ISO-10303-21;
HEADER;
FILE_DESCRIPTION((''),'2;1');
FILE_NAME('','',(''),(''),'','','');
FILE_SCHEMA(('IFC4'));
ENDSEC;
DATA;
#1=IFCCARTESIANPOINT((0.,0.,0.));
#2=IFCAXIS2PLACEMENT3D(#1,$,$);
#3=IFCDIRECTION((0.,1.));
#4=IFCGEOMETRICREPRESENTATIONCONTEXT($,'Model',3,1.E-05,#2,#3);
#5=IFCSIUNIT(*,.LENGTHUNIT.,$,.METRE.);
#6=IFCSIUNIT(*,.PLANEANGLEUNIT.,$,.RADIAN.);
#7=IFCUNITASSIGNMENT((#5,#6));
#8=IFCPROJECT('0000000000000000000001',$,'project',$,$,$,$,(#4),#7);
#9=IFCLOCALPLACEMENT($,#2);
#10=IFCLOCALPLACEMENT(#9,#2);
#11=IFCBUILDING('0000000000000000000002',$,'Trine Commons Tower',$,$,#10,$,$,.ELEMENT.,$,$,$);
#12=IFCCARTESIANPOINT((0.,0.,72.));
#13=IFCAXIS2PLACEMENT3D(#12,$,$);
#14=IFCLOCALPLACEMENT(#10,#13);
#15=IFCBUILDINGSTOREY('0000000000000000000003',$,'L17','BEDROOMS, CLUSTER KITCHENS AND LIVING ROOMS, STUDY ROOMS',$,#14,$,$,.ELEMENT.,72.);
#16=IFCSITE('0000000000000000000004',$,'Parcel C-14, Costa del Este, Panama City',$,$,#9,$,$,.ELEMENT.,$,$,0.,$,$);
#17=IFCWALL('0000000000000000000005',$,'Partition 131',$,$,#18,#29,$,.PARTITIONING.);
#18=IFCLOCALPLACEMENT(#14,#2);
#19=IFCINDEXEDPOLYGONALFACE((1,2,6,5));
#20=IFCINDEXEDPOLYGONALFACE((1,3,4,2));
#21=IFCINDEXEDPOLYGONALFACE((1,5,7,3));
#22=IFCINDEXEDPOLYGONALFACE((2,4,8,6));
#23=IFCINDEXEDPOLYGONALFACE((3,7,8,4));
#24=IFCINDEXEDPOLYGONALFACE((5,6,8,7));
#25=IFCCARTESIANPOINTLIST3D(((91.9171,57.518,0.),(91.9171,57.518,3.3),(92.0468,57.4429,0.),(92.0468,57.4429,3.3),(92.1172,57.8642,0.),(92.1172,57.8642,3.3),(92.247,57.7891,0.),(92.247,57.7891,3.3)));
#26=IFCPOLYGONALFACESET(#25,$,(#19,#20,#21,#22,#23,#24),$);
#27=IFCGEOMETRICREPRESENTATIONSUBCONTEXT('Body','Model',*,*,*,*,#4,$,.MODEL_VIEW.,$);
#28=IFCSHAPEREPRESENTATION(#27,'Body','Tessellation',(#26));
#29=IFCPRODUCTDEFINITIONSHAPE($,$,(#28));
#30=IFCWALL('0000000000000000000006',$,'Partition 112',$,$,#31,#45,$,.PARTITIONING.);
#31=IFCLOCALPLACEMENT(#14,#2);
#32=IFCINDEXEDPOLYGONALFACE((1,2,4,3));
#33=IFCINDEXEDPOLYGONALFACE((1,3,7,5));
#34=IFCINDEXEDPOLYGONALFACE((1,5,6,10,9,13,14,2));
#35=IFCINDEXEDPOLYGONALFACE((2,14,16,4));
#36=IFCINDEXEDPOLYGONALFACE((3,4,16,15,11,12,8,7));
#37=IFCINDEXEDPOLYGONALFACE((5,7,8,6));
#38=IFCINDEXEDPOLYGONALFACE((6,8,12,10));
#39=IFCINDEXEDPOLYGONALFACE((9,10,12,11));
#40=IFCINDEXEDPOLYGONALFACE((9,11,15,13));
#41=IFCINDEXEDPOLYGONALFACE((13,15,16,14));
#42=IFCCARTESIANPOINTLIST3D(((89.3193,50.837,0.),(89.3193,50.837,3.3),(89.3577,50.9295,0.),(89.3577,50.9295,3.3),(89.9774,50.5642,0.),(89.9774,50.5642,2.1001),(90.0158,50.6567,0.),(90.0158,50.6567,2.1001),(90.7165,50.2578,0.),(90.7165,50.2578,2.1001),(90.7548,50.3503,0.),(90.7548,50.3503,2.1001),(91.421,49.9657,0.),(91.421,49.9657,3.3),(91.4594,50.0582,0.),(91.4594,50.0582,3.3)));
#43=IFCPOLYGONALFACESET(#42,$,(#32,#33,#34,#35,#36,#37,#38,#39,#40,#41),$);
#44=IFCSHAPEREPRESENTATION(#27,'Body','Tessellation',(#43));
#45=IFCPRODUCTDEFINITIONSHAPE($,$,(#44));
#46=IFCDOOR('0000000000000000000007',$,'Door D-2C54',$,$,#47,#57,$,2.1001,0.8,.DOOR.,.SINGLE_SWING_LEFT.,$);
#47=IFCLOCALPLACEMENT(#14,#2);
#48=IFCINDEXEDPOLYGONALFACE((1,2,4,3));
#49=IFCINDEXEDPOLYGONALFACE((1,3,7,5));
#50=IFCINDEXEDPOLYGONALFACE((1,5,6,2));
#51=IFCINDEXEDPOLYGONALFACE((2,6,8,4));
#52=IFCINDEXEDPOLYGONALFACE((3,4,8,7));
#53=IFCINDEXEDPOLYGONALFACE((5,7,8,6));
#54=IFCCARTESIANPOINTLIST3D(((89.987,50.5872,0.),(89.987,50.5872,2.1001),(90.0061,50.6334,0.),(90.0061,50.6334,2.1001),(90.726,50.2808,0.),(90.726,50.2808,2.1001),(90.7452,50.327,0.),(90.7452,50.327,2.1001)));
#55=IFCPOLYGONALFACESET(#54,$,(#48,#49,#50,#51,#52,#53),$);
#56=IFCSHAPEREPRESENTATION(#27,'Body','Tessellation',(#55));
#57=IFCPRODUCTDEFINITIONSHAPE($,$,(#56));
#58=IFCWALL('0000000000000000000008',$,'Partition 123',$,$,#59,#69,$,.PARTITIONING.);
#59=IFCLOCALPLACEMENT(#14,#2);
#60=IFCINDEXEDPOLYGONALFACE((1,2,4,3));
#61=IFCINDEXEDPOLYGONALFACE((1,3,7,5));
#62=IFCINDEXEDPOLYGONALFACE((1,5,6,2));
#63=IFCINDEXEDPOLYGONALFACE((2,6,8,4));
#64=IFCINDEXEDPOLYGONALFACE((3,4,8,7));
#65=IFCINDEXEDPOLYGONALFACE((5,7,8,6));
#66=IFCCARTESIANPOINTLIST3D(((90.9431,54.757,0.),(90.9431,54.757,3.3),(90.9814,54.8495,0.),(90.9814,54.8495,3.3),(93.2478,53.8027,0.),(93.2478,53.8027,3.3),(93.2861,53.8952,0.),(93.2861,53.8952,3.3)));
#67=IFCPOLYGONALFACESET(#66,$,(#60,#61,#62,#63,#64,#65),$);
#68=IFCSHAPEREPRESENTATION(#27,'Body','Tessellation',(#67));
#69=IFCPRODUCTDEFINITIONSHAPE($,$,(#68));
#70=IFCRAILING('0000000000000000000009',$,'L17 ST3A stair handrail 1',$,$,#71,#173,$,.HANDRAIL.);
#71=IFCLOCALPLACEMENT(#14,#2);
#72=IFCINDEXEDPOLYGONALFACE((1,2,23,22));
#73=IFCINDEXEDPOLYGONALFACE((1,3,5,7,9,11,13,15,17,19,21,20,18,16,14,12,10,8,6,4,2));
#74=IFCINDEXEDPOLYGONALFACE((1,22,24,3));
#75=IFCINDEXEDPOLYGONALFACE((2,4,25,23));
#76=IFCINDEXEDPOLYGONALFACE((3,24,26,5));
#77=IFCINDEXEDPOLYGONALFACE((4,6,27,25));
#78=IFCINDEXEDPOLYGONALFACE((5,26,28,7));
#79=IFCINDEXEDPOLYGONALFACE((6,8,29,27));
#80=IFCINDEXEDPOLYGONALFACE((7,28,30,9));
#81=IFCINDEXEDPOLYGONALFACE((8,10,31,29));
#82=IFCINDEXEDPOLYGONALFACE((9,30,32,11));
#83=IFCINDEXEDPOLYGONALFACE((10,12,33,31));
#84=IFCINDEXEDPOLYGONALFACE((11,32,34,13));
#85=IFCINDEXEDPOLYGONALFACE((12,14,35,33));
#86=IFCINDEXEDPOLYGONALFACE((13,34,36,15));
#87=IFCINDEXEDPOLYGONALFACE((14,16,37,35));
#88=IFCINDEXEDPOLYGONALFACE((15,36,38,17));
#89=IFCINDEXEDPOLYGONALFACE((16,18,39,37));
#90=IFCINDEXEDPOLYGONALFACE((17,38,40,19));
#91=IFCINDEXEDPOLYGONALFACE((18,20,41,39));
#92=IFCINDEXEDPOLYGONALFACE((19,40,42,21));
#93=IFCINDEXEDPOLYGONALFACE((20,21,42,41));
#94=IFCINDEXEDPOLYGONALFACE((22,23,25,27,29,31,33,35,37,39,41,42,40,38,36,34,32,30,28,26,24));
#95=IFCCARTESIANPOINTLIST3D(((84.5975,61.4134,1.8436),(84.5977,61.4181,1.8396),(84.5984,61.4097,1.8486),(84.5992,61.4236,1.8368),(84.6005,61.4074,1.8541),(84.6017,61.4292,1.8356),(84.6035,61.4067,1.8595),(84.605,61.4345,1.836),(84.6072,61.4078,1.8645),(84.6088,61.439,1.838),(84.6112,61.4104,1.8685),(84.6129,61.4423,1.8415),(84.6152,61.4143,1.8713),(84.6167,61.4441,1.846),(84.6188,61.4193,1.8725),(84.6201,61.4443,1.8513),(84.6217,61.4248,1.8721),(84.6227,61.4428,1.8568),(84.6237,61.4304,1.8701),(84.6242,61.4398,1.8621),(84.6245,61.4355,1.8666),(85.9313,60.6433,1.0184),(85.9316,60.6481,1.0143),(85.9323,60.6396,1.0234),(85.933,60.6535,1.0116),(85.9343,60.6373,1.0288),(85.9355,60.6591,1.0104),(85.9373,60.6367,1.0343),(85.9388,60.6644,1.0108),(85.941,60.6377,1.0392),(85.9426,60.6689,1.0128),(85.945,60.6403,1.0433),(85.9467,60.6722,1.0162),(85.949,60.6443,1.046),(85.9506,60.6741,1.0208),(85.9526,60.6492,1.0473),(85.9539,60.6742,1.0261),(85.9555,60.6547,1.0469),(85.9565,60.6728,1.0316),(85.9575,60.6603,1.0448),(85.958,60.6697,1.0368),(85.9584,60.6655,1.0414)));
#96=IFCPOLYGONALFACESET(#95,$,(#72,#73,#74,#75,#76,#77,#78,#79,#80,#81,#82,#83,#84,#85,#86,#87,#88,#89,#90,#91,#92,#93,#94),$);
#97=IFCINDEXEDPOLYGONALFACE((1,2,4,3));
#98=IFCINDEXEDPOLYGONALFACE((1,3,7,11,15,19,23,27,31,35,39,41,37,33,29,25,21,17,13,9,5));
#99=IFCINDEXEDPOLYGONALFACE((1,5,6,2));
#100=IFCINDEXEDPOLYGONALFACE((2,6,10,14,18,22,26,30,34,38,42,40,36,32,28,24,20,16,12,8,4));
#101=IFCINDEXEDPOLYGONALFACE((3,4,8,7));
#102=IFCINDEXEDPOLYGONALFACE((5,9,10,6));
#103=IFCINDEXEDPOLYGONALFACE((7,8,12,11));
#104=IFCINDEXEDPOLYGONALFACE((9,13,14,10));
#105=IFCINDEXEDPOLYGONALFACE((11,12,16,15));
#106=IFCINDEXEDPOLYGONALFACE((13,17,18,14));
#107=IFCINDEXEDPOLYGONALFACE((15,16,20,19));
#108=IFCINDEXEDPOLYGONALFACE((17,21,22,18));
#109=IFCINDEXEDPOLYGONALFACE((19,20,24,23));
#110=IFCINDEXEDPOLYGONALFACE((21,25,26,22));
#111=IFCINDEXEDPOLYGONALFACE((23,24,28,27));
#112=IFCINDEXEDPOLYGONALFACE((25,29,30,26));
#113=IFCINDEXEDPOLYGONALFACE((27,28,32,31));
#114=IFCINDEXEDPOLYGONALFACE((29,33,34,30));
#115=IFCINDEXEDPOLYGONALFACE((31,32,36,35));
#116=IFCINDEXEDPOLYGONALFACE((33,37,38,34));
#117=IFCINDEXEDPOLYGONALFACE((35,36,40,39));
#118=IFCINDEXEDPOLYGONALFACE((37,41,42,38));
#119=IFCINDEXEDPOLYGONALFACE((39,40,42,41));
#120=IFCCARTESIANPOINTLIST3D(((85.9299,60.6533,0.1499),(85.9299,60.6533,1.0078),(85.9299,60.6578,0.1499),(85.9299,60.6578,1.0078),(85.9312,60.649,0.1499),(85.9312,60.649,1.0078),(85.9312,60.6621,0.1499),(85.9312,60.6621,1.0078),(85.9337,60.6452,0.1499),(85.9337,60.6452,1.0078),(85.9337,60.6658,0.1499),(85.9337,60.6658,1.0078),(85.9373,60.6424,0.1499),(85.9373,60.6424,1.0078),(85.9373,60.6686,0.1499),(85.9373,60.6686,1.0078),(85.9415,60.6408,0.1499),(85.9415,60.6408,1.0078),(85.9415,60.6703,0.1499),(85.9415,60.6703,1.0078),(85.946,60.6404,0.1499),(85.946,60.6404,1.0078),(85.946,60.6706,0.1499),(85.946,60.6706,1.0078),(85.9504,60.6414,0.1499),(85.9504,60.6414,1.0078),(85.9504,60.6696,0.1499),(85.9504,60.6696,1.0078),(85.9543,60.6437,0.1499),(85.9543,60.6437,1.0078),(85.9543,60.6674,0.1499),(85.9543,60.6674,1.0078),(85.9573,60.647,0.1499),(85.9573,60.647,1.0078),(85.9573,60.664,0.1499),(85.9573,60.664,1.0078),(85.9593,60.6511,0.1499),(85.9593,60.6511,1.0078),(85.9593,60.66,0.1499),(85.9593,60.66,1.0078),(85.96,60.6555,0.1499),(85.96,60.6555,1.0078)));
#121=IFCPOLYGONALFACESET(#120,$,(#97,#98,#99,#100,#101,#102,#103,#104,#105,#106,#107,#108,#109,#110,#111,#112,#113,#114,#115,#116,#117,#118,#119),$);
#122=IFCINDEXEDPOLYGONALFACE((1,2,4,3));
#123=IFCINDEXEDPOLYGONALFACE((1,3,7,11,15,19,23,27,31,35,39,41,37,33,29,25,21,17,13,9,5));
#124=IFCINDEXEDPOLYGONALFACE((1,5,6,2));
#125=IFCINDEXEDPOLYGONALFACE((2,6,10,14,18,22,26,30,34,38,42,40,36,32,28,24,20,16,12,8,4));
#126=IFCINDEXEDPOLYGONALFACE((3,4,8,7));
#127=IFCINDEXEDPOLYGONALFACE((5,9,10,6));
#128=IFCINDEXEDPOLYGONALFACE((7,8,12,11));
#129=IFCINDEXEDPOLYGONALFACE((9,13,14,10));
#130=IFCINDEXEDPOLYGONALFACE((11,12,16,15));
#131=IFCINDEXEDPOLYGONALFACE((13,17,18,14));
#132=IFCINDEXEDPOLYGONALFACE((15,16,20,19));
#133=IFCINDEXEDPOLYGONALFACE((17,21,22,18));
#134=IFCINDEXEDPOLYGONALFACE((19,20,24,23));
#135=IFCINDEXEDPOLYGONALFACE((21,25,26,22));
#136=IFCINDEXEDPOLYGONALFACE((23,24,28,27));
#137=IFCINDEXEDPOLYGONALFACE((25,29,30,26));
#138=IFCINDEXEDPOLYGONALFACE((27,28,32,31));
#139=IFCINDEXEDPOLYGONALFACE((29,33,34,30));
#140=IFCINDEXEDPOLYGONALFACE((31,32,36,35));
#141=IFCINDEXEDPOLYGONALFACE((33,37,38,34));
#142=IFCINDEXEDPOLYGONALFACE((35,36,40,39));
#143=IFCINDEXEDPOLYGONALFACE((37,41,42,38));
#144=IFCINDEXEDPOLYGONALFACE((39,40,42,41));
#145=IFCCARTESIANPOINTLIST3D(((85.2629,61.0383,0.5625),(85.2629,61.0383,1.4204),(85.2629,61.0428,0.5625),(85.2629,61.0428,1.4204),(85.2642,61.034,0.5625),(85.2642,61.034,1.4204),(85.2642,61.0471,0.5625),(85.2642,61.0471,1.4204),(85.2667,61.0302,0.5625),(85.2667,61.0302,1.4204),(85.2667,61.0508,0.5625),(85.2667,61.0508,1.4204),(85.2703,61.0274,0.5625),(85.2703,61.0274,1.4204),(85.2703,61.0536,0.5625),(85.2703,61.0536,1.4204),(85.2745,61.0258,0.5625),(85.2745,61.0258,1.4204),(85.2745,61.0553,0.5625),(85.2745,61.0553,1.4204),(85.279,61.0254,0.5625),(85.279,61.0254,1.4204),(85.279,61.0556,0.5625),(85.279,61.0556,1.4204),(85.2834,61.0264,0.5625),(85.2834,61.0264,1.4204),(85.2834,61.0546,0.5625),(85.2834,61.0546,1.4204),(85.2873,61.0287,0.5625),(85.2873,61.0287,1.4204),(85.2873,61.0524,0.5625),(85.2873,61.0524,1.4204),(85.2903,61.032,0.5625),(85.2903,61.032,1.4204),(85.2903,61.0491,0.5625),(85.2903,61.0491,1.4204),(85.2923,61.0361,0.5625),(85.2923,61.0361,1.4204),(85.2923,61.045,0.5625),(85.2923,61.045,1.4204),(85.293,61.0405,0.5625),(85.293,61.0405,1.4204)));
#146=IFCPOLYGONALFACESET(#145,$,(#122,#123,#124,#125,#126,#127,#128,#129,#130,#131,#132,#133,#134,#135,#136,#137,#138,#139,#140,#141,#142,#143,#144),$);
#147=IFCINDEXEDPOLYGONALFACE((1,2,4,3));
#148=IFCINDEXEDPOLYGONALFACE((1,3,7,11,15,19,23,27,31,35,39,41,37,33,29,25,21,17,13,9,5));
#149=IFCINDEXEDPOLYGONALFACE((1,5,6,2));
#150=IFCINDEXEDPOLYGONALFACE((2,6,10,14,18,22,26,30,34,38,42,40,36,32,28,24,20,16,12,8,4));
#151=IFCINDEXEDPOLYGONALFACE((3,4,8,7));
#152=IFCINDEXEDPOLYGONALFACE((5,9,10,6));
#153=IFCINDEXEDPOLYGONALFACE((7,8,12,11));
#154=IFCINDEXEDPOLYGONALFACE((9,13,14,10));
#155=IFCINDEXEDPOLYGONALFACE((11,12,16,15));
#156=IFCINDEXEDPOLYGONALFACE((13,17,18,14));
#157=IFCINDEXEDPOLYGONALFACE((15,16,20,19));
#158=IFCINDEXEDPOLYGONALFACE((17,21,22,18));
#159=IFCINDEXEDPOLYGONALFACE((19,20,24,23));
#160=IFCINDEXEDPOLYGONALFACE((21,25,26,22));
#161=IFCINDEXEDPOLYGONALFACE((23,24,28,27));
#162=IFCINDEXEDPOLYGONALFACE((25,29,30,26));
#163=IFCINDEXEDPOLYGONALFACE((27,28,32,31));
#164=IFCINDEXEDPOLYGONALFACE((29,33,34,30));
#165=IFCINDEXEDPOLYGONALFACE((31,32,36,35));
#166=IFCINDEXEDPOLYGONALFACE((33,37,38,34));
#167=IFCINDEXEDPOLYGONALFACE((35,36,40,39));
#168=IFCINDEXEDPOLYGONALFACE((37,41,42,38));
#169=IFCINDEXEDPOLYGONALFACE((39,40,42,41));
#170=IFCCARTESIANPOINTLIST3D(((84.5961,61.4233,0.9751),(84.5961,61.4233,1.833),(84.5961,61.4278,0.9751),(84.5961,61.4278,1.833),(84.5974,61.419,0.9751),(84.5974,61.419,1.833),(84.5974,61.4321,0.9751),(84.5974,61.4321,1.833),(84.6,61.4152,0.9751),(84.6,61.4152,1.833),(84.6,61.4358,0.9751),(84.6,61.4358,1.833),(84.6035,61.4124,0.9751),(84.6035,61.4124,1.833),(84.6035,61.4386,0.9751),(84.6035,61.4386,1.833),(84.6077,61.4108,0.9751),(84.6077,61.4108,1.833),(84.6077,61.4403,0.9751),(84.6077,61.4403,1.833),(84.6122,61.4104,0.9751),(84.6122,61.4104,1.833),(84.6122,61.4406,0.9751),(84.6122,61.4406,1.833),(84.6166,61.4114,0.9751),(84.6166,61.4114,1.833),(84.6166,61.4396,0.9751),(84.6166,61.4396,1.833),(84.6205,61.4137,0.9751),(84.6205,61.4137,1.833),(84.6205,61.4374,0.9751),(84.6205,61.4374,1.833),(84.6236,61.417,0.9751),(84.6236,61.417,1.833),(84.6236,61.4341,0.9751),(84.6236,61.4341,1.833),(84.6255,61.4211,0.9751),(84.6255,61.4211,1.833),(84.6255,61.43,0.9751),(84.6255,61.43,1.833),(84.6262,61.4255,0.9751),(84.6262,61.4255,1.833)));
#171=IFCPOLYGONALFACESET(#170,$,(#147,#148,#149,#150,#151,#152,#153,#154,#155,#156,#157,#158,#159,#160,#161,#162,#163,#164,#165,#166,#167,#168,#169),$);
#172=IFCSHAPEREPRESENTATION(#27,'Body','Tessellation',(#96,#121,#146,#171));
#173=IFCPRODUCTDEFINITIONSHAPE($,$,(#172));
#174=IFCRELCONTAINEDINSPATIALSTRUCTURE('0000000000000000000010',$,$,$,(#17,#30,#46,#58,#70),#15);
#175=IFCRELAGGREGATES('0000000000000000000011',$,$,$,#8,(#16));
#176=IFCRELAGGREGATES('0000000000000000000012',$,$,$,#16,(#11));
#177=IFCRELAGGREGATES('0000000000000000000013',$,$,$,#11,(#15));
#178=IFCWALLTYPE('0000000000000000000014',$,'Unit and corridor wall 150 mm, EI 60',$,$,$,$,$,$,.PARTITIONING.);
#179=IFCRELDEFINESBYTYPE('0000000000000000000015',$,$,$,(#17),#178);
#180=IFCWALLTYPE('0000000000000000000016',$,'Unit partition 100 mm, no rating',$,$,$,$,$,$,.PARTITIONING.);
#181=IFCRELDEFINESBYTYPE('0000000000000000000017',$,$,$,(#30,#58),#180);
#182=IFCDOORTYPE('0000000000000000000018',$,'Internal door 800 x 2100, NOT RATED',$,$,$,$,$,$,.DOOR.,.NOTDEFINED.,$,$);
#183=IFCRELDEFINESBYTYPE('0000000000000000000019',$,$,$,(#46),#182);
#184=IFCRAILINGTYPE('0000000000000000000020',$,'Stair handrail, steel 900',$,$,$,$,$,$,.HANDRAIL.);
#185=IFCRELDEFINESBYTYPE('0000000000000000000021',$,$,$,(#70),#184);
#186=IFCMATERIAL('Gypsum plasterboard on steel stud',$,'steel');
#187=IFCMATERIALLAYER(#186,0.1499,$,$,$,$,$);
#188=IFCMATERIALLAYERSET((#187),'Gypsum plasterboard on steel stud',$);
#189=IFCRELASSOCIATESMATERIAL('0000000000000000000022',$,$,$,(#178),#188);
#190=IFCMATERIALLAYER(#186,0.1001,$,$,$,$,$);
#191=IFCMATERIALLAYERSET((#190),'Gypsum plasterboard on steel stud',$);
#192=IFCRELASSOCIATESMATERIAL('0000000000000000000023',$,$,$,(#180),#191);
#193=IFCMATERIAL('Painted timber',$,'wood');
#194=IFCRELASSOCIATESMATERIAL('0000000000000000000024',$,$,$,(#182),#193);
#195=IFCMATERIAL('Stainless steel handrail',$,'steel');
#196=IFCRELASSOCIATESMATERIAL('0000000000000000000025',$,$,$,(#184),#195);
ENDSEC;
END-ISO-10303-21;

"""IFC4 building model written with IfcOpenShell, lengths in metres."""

from ifc_helpers import new_model, si_unit, direction, frame, frame_2d, origin, origin_2d, place, context, subcontext, project, spatial, rectangle, circle, extrude, material, layer, layer_set, type_object, element, fill, save


model = new_model("IFC4")

# Units and contexts
model_context = context("Model", 3, precision=1e-05, world=origin(), true_north=direction((0.0, 1.0)))
body_context = subcontext(model_context, "Body", "Model", "MODEL_VIEW")
ifc_project = project(units=[si_unit("LENGTHUNIT", "METRE"), si_unit("PLANEANGLEUNIT", "RADIAN")], contexts=[model_context])

# Site, building, storey
site_placement = place(None, origin())
site = spatial("IfcSite", under=ifc_project, at=site_placement, Name="Parcel C-14, Costa del Este, Panama City", CompositionType="ELEMENT", RefElevation=0.0)
building_placement = place(site_placement, origin())
building = spatial("IfcBuilding", under=site, at=building_placement, Name="Trine Commons Tower", CompositionType="ELEMENT")
storey_placement = place(building_placement, frame((0.0, 0.0, 72.0)))
storey = spatial("IfcBuildingStorey", under=building, at=storey_placement, Name="L17", Description="BEDROOMS, CLUSTER KITCHENS AND LIVING ROOMS, STUDY ROOMS", CompositionType="ELEMENT", Elevation=72.0)

# Shared definitions
ifc_material_1 = material(Name="Gypsum plasterboard on steel stud", Category="steel")
ifc_layer_1 = layer(ifc_material_1, 0.1499)
ifc_layer_set_1 = layer_set([ifc_layer_1], Name="Gypsum plasterboard on steel stud")
wall_type_1 = type_object("IfcWallType", Name="Unit and corridor wall 150 mm, EI 60", PredefinedType="PARTITIONING", material=ifc_layer_set_1)

# Wall
wall_1_placement = place(storey_placement, frame((91.9819, 57.4805, 0.0), z_axis=(0.0, 0.0, 1.0), x_axis=(0.500603, 0.865677, 0.0)))
element("IfcWall", 1, at=wall_1_placement, inside=storey, type_object=wall_type_1, Name="Partition 131", PredefinedType="PARTITIONING", context=body_context, shape_type="SweptSolid", body=[
    extrude(rectangle(XDim=0.3999, YDim=0.1499, at=frame_2d((0.2, 0.0))), origin(), (0.0, 0.0, 1.0), 3.3),
])

# Wall, opening, door
ifc_layer_2 = layer(ifc_material_1, 0.1001)
ifc_layer_set_2 = layer_set([ifc_layer_2], Name="Gypsum plasterboard on steel stud")
wall_type_2 = type_object("IfcWallType", Name="Unit partition 100 mm, no rating", PredefinedType="PARTITIONING", material=ifc_layer_set_2)
wall_2_placement = place(storey_placement, frame((89.3384, 50.8833, 0.0), z_axis=(0.0, 0.0, 1.0), x_axis=(0.923764, -0.382961, 0.0)))
wall_2 = element("IfcWall", 2, at=wall_2_placement, inside=storey, type_object=wall_type_2, Name="Partition 112", PredefinedType="PARTITIONING", context=body_context, shape_type="SweptSolid", body=[
    extrude(rectangle(XDim=2.2751, YDim=0.1001, at=frame_2d((1.1377, 0.0))), origin(), (0.0, 0.0, 1.0), 3.3),
])
opening_1_placement = place(wall_2_placement, frame((0.7126, 0.0, 0.0)))
opening_1 = element("IfcOpeningElement", 3, at=opening_1_placement, cuts=wall_2, PredefinedType="OPENING", context=body_context, shape_type="SweptSolid", body=[
    extrude(rectangle(XDim=0.8, YDim=2.1001, at=frame_2d((0.3999, 1.05))), frame((0.0, 0.0601, 0.0), z_axis=(0.0, -1.0, 0.0), x_axis=(1.0, 0.0, 0.0)), (0.0, 0.0, 1.0), 0.1201),
])
ifc_material_2 = material(Name="Painted timber", Category="wood")
door_type_1 = type_object("IfcDoorType", Name="Internal door 800 x 2100, NOT RATED", OperationType="NOTDEFINED", PredefinedType="DOOR", material=ifc_material_2)
door_1_placement = place(opening_1_placement, origin())
door_1 = element("IfcDoor", 4, at=door_1_placement, inside=storey, type_object=door_type_1, Name="Door D-2C54", OperationType="SINGLE_SWING_LEFT", OverallHeight=2.1001, OverallWidth=0.8, PredefinedType="DOOR", context=body_context, shape_type="SweptSolid", body=[
    extrude(rectangle(XDim=0.8, YDim=2.1001, at=frame_2d((0.3999, 1.05))), frame((0.0, 0.0249, 0.0), z_axis=(0.0, -1.0, 0.0), x_axis=(1.0, 0.0, 0.0)), (0.0, 0.0, 1.0), 0.05),
])
fill(opening_1, door_1)

# Wall
wall_3_placement = place(storey_placement, frame((90.9624, 54.8032, 0.0), z_axis=(0.0, 0.0, 1.0), x_axis=(0.92392, -0.382585, 0.0)))
element("IfcWall", 5, at=wall_3_placement, inside=storey, type_object=wall_type_2, Name="Partition 123", PredefinedType="PARTITIONING", context=body_context, shape_type="SweptSolid", body=[
    extrude(rectangle(XDim=2.4944, YDim=0.1001, at=frame_2d((1.2471, 0.0))), origin(), (0.0, 0.0, 1.0), 3.3),
])

# Railing
ifc_material_3 = material(Name="Stainless steel handrail", Category="steel")
railing_type = type_object("IfcRailingType", Name="Stair handrail, steel 900", PredefinedType="HANDRAIL", material=ifc_material_3)
railing_placement = place(storey_placement, frame((85.9448, 60.6555, 0.1499)))
element("IfcRailing", 6, at=railing_placement, inside=storey, type_object=railing_type, Name="L17 ST3A stair handrail 1", PredefinedType="HANDRAIL", context=body_context, shape_type="SweptSolid", body=[
    extrude(circle(Radius=0.021, at=origin_2d()), frame((0.0, 0.0, 0.8789), z_axis=(-0.763355, 0.440714, 0.472293), x_axis=(-0.499992, -0.86603, 0.0)), (0.0, 0.0, 1.0), 1.7473),
    extrude(circle(Radius=0.0151, at=origin_2d()), origin(), (0.0, 0.0, 1.0), 0.8579),
    extrude(circle(Radius=0.0151, at=origin_2d()), frame((-0.667, 0.385, 0.4126)), (0.0, 0.0, 1.0), 0.8579),
    extrude(circle(Radius=0.0151, at=origin_2d()), frame((-1.3337, 0.77, 0.8252)), (0.0, 0.0, 1.0), 0.8579),
])

save(model, "model.ifc")
